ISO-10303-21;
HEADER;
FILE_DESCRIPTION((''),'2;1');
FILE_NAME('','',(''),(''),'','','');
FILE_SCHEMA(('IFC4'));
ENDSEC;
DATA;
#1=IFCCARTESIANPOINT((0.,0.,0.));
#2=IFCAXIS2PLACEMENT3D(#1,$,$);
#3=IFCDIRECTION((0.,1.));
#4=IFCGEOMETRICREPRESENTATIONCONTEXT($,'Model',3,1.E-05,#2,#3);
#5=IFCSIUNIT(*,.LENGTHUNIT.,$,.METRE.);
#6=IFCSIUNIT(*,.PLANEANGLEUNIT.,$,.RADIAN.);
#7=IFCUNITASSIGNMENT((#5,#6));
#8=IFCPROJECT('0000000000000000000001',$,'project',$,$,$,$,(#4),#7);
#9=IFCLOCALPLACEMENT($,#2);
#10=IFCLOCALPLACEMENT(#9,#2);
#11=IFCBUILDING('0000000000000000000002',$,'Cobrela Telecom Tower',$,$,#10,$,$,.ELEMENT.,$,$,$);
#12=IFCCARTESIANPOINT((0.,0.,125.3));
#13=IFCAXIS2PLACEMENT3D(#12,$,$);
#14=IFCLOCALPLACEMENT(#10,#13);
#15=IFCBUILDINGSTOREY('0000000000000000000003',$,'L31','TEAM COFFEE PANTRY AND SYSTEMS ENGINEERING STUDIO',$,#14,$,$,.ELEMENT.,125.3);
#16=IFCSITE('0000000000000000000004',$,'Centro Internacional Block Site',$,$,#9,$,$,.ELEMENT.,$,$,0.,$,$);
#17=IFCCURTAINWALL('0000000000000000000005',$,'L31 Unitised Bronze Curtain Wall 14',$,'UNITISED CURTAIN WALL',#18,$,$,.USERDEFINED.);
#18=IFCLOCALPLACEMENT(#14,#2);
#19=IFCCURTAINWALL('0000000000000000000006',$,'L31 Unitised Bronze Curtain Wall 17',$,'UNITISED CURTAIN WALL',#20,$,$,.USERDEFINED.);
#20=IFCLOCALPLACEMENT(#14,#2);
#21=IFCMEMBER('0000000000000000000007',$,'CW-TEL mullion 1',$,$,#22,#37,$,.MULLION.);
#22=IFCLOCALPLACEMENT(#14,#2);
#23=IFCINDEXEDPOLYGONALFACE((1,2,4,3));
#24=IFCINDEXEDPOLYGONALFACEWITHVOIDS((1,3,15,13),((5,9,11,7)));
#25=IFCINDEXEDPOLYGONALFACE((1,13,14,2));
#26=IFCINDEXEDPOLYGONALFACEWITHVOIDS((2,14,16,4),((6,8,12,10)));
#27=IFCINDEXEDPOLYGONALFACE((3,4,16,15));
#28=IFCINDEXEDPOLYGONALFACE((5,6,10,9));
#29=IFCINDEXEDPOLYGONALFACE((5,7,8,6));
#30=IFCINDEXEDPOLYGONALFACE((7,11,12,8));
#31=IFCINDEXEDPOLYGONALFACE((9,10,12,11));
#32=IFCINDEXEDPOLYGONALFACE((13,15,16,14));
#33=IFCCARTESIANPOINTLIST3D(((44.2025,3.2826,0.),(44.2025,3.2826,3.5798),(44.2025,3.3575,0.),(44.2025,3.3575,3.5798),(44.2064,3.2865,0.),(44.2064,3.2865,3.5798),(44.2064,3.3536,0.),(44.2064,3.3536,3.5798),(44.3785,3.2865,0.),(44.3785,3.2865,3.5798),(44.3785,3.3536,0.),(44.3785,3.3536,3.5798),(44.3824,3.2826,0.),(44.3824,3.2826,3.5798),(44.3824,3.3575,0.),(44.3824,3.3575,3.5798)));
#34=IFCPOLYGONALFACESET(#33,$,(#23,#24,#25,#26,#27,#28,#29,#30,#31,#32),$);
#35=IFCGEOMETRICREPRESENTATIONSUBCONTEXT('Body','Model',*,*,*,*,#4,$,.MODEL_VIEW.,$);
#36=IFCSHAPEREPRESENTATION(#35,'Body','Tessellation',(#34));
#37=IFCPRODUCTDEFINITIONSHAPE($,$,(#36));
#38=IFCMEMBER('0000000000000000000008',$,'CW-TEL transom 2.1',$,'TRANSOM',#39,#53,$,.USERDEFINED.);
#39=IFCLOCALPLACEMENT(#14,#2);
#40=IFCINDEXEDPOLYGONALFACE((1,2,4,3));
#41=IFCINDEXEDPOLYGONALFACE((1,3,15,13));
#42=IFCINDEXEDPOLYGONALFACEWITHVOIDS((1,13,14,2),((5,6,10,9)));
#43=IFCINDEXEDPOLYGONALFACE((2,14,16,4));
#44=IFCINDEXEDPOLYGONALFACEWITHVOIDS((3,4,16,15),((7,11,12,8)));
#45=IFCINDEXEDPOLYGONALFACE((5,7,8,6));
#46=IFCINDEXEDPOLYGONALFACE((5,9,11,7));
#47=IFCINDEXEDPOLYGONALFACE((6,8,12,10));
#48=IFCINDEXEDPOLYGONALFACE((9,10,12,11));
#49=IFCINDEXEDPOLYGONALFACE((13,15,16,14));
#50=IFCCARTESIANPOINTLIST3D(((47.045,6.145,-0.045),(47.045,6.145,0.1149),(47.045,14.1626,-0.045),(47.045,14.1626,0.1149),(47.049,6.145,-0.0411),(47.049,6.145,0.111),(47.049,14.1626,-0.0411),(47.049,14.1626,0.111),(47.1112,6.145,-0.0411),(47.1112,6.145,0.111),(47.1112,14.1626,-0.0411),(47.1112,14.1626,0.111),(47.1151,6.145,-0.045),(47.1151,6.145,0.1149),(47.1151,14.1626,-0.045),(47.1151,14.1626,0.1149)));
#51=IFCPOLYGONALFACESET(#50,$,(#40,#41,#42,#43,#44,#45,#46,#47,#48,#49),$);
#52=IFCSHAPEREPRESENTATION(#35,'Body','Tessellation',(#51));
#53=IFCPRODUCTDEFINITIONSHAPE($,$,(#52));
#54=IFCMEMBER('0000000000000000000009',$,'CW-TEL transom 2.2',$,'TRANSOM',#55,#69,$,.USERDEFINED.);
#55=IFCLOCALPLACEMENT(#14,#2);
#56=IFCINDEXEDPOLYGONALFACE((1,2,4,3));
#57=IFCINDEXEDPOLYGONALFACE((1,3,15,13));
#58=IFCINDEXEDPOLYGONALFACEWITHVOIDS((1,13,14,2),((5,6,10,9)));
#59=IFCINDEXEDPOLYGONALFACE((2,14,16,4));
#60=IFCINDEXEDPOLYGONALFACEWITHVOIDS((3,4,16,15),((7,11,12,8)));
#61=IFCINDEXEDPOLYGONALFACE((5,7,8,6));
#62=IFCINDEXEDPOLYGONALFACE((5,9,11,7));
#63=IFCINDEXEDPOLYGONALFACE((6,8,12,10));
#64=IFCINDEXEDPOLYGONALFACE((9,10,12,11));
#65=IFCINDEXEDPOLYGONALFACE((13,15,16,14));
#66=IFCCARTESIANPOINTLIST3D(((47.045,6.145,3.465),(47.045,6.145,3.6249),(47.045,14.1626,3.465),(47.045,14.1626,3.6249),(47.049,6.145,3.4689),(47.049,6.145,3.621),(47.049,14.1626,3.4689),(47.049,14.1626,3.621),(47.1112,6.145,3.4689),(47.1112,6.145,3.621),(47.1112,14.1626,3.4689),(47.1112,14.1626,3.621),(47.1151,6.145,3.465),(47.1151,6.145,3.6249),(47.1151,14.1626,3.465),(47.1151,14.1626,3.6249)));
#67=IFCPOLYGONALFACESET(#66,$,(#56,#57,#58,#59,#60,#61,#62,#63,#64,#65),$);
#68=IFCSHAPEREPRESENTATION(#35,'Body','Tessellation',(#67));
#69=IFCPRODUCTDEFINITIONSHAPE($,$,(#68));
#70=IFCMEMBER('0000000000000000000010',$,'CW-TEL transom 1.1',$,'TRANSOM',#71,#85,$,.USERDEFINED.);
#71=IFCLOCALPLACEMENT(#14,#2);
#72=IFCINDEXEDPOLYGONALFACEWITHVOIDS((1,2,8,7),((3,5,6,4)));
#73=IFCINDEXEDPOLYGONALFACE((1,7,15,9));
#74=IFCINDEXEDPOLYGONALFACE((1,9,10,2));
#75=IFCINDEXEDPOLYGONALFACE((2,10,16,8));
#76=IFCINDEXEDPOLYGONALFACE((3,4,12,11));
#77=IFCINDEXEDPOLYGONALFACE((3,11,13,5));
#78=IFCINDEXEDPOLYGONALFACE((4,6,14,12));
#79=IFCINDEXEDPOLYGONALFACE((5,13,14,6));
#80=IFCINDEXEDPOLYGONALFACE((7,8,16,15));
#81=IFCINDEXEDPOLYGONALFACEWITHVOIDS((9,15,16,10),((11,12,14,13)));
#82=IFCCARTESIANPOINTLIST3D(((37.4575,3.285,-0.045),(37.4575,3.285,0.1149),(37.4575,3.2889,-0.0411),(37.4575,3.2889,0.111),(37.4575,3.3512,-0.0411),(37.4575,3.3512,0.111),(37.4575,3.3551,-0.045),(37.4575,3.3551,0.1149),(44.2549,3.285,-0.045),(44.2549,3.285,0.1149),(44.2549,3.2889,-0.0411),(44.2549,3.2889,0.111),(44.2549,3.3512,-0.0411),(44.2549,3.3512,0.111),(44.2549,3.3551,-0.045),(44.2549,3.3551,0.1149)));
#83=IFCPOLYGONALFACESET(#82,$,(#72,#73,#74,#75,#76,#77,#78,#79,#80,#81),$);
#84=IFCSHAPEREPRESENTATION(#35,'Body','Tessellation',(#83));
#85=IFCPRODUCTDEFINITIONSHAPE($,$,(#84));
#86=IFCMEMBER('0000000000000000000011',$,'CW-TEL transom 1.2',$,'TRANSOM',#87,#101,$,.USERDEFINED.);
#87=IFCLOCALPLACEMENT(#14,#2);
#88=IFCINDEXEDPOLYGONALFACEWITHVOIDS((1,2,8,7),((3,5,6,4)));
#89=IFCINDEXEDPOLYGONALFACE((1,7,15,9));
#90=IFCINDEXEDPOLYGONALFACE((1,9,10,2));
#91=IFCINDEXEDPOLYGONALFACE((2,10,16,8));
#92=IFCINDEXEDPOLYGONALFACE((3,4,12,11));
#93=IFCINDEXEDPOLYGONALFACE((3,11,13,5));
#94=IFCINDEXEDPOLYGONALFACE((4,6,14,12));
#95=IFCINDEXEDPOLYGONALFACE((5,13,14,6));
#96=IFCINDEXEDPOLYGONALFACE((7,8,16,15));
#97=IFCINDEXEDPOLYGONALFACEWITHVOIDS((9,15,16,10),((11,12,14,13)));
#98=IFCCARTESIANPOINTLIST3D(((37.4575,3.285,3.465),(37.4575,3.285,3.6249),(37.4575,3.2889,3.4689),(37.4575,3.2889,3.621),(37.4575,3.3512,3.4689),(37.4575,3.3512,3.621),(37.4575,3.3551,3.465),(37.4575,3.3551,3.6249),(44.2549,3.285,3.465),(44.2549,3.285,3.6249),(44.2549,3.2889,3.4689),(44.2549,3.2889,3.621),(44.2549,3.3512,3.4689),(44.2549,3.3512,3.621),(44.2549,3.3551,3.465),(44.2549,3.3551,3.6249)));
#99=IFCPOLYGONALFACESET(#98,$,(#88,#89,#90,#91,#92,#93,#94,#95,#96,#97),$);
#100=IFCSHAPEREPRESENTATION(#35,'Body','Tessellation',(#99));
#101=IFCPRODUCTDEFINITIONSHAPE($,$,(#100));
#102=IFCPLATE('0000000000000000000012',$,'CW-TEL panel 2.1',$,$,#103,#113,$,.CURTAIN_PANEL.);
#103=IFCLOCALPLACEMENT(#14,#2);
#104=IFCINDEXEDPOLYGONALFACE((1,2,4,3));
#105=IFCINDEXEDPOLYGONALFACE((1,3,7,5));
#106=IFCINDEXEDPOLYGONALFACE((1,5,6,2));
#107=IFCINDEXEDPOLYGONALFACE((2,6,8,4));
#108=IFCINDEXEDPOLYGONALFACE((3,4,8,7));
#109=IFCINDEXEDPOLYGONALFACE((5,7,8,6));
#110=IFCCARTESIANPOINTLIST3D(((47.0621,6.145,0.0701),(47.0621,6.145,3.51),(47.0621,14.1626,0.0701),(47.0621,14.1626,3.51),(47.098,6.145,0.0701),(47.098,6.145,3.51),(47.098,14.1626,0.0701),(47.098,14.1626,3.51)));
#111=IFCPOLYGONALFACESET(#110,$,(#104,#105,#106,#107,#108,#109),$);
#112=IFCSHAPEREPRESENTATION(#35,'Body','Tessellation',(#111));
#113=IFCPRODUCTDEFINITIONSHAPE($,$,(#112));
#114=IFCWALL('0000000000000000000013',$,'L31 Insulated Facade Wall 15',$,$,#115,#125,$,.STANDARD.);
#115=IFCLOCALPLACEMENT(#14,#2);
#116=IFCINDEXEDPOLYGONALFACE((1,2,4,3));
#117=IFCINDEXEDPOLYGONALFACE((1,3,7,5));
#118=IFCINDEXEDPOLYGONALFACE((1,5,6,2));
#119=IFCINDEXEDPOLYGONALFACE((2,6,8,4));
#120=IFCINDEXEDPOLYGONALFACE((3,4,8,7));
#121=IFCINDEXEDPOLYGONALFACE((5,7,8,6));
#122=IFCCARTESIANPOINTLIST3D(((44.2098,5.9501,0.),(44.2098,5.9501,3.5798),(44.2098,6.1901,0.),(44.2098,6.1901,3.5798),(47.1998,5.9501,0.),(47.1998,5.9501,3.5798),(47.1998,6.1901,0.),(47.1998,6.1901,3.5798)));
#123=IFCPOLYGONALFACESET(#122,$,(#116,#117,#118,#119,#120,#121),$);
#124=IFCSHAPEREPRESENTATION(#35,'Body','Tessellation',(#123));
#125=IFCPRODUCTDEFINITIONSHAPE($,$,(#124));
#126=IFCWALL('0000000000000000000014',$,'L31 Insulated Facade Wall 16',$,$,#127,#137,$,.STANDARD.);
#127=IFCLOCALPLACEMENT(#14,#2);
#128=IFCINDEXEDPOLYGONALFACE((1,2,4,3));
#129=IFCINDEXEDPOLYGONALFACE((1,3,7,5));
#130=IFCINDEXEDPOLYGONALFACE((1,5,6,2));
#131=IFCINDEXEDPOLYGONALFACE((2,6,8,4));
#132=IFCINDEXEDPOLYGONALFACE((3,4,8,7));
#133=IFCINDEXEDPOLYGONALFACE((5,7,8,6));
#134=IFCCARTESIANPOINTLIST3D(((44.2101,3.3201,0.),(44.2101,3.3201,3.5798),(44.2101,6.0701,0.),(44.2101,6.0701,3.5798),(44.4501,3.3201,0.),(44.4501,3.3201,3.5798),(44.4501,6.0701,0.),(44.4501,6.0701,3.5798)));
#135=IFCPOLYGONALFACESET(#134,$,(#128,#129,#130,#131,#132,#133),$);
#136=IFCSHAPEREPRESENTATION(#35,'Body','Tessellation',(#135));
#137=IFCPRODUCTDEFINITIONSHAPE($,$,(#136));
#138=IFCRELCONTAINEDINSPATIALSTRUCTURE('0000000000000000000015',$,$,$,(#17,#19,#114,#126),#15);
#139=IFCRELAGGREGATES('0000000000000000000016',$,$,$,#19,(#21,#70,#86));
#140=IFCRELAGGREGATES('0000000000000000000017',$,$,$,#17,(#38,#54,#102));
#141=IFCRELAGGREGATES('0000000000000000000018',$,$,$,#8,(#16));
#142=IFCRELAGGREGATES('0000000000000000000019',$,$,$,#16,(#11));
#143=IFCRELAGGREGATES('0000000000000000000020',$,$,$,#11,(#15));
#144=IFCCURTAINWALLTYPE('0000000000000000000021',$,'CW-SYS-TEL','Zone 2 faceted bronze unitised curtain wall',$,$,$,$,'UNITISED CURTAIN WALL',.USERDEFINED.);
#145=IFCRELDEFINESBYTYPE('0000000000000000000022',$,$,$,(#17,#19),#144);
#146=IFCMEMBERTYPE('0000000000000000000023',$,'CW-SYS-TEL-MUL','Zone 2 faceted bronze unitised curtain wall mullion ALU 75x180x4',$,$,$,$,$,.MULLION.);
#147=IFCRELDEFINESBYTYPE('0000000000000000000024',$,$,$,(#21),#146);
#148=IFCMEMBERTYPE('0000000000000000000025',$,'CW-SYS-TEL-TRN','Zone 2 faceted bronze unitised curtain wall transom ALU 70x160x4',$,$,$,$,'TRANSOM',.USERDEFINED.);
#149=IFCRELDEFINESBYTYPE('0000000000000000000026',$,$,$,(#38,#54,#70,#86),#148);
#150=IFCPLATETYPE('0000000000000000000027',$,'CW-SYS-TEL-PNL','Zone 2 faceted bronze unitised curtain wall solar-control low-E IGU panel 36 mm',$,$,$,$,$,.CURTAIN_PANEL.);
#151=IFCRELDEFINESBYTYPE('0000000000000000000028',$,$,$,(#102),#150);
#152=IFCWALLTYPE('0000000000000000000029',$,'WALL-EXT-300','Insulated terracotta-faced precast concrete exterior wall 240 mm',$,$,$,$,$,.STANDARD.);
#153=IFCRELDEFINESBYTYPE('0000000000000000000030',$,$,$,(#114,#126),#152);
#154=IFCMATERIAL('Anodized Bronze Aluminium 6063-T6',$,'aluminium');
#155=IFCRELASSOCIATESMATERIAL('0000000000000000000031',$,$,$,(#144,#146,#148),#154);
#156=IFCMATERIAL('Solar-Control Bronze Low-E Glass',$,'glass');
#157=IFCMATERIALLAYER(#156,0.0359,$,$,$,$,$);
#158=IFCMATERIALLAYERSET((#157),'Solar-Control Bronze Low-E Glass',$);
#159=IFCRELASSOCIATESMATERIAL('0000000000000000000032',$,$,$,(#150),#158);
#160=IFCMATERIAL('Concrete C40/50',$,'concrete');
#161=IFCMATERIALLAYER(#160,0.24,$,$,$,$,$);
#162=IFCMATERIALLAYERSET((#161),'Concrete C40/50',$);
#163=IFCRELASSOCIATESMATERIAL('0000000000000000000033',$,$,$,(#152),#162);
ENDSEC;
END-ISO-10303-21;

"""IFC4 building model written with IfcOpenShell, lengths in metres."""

from ifc_helpers import new_model, si_unit, direction, frame, frame_2d, origin, origin_2d, place, context, subcontext, project, spatial, rectangle, hollow_rectangle, extrude, material, layer, layer_set, material_profile, profile_set, type_object, element, aggregate, save


model = new_model("IFC4")

# Units and contexts
model_context = context("Model", 3, precision=1e-05, world=origin(), true_north=direction((0.0, 1.0)))
body_context = subcontext(model_context, "Body", "Model", "MODEL_VIEW")
ifc_project = project(units=[si_unit("LENGTHUNIT", "METRE"), si_unit("PLANEANGLEUNIT", "RADIAN")], contexts=[model_context])

# Site, building, storey
site_placement = place(None, origin())
site = spatial("IfcSite", under=ifc_project, at=site_placement, Name="Centro Internacional Block Site", CompositionType="ELEMENT", RefElevation=0.0)
building_placement = place(site_placement, origin())
building = spatial("IfcBuilding", under=site, at=building_placement, Name="Cobrela Telecom Tower", CompositionType="ELEMENT")
storey_placement = place(building_placement, frame((0.0, 0.0, 125.3)))
storey = spatial("IfcBuildingStorey", under=building, at=storey_placement, Name="L31", Description="TEAM COFFEE PANTRY AND SYSTEMS ENGINEERING STUDIO", CompositionType="ELEMENT", Elevation=125.3)

# Curtain wall
ifc_material_1 = material(Name="Anodized Bronze Aluminium 6063-T6", Category="aluminium")
curtain_wall_type = type_object("IfcCurtainWallType", Name="CW-SYS-TEL", Description="Zone 2 faceted bronze unitised curtain wall", ElementType="UNITISED CURTAIN WALL", PredefinedType="USERDEFINED", material=ifc_material_1)
curtain_wall_1_placement = place(storey_placement, origin())
curtain_wall_1 = element("IfcCurtainWall", 1, at=curtain_wall_1_placement, inside=storey, type_object=curtain_wall_type, Name="L31 Unitised Bronze Curtain Wall 14", ObjectType="UNITISED CURTAIN WALL", PredefinedType="USERDEFINED")
ifc_material_profile_1 = material_profile(ifc_material_1, hollow_rectangle(XDim=0.075, YDim=0.1799, WallThickness=0.0039, at=origin_2d()), Name="ALU 75x180x4")
ifc_profile_set_1 = profile_set([ifc_material_profile_1], Name="Anodized Bronze Aluminium 6063-T6")
member_type_1 = type_object("IfcMemberType", Name="CW-SYS-TEL-MUL", Description="Zone 2 faceted bronze unitised curtain wall mullion ALU 75x180x4", PredefinedType="MULLION", material=ifc_profile_set_1)

# Curtain wall, member
curtain_wall_2_placement = place(storey_placement, origin())
curtain_wall_2 = element("IfcCurtainWall", 2, at=curtain_wall_2_placement, inside=storey, type_object=curtain_wall_type, Name="L31 Unitised Bronze Curtain Wall 17", ObjectType="UNITISED CURTAIN WALL", PredefinedType="USERDEFINED")
member_1_placement = place(storey_placement, frame((44.2925, 3.3201, 0.0), z_axis=(0.0, 0.0, 1.0), x_axis=(0.0, -1.0, 0.0)))
member_1 = element("IfcMember", 3, at=member_1_placement, type_object=member_type_1, Name="CW-TEL mullion 1", PredefinedType="MULLION", context=body_context, shape_type="SweptSolid", body=[
    extrude(hollow_rectangle(XDim=0.075, YDim=0.1799, WallThickness=0.0039, at=origin_2d()), origin(), (0.0, 0.0, 1.0), 3.5798),
])

# Members
ifc_material_profile_2 = material_profile(ifc_material_1, hollow_rectangle(XDim=0.0701, YDim=0.1599, WallThickness=0.0039, at=origin_2d()), Name="ALU 70x160x4")
ifc_profile_set_2 = profile_set([ifc_material_profile_2], Name="Anodized Bronze Aluminium 6063-T6")
member_type_2 = type_object("IfcMemberType", Name="CW-SYS-TEL-TRN", Description="Zone 2 faceted bronze unitised curtain wall transom ALU 70x160x4", ElementType="TRANSOM", PredefinedType="USERDEFINED", material=ifc_profile_set_2)
member_2_placement = place(storey_placement, frame((47.0801, 14.1626, 0.0349), z_axis=(0.0, -1.0, 0.0), x_axis=(1.0, 0.0, 0.0)))
member_2 = element("IfcMember", 4, at=member_2_placement, type_object=member_type_2, Name="CW-TEL transom 2.1", ObjectType="TRANSOM", PredefinedType="USERDEFINED", context=body_context, shape_type="SweptSolid", body=[
    extrude(hollow_rectangle(XDim=0.0701, YDim=0.1599, WallThickness=0.0039, at=origin_2d()), origin(), (0.0, 0.0, 1.0), 8.0176),
])
member_3_placement = place(storey_placement, frame((47.0801, 14.1626, 3.5449), z_axis=(0.0, -1.0, 0.0), x_axis=(1.0, 0.0, 0.0)))
member_3 = element("IfcMember", 5, at=member_3_placement, type_object=member_type_2, Name="CW-TEL transom 2.2", ObjectType="TRANSOM", PredefinedType="USERDEFINED", context=body_context, shape_type="SweptSolid", body=[
    extrude(hollow_rectangle(XDim=0.0701, YDim=0.1599, WallThickness=0.0039, at=origin_2d()), origin(), (0.0, 0.0, 1.0), 8.0176),
])
member_4_placement = place(storey_placement, frame((44.2549, 3.3201, 0.0349), z_axis=(-1.0, 0.0, 0.0), x_axis=(0.0, -1.0, 0.0)))
member_4 = element("IfcMember", 6, at=member_4_placement, type_object=member_type_2, Name="CW-TEL transom 1.1", ObjectType="TRANSOM", PredefinedType="USERDEFINED", context=body_context, shape_type="SweptSolid", body=[
    extrude(hollow_rectangle(XDim=0.0701, YDim=0.1599, WallThickness=0.0039, at=origin_2d()), origin(), (0.0, 0.0, 1.0), 6.7974),
])
member_5_placement = place(storey_placement, frame((44.2549, 3.3201, 3.5449), z_axis=(-1.0, 0.0, 0.0), x_axis=(0.0, -1.0, 0.0)))
member_5 = element("IfcMember", 7, at=member_5_placement, type_object=member_type_2, Name="CW-TEL transom 1.2", ObjectType="TRANSOM", PredefinedType="USERDEFINED", context=body_context, shape_type="SweptSolid", body=[
    extrude(hollow_rectangle(XDim=0.0701, YDim=0.1599, WallThickness=0.0039, at=origin_2d()), origin(), (0.0, 0.0, 1.0), 6.7974),
])
aggregate(curtain_wall_2, [member_1, member_4, member_5])

# Plate
ifc_material_2 = material(Name="Solar-Control Bronze Low-E Glass", Category="glass")
ifc_layer_1 = layer(ifc_material_2, 0.0359)
ifc_layer_set_1 = layer_set([ifc_layer_1], Name="Solar-Control Bronze Low-E Glass")
plate_type = type_object("IfcPlateType", Name="CW-SYS-TEL-PNL", Description="Zone 2 faceted bronze unitised curtain wall solar-control low-E IGU panel 36 mm", PredefinedType="CURTAIN_PANEL", material=ifc_layer_set_1)
plate_placement = place(storey_placement, frame((47.0801, 10.1538, 0.0701), z_axis=(0.0, 0.0, 1.0), x_axis=(0.0, -1.0, 0.0)))
plate = element("IfcPlate", 8, at=plate_placement, type_object=plate_type, Name="CW-TEL panel 2.1", PredefinedType="CURTAIN_PANEL", context=body_context, shape_type="SweptSolid", body=[
    extrude(rectangle(XDim=8.0176, YDim=0.0359, at=origin_2d()), origin(), (0.0, 0.0, 1.0), 3.4399),
])
aggregate(curtain_wall_1, [member_2, member_3, plate])

# Walls
ifc_material_3 = material(Name="Concrete C40/50", Category="concrete")
ifc_layer_2 = layer(ifc_material_3, 0.24)
ifc_layer_set_2 = layer_set([ifc_layer_2], Name="Concrete C40/50")
wall_type = type_object("IfcWallType", Name="WALL-EXT-300", Description="Insulated terracotta-faced precast concrete exterior wall 240 mm", PredefinedType="STANDARD", material=ifc_layer_set_2)
wall_1_placement = place(storey_placement, frame((47.2, 6.0701, 0.0), z_axis=(0.0, 0.0, 1.0), x_axis=(-1.0, 0.0, 0.0)))
element("IfcWall", 9, at=wall_1_placement, inside=storey, type_object=wall_type, Name="L31 Insulated Facade Wall 15", PredefinedType="STANDARD", context=body_context, shape_type="SweptSolid", body=[
    extrude(rectangle(XDim=2.99, YDim=0.24, at=frame_2d((1.4951, 0.0))), origin(), (0.0, 0.0, 1.0), 3.5798),
])
wall_2_placement = place(storey_placement, frame((44.3301, 6.0701, 0.0), z_axis=(0.0, 0.0, 1.0), x_axis=(0.0, -1.0, 0.0)))
element("IfcWall", 10, at=wall_2_placement, inside=storey, type_object=wall_type, Name="L31 Insulated Facade Wall 16", PredefinedType="STANDARD", context=body_context, shape_type="SweptSolid", body=[
    extrude(rectangle(XDim=2.75, YDim=0.24, at=frame_2d((1.375, 0.0))), origin(), (0.0, 0.0, 1.0), 3.5798),
])

save(model, "model.ifc")
